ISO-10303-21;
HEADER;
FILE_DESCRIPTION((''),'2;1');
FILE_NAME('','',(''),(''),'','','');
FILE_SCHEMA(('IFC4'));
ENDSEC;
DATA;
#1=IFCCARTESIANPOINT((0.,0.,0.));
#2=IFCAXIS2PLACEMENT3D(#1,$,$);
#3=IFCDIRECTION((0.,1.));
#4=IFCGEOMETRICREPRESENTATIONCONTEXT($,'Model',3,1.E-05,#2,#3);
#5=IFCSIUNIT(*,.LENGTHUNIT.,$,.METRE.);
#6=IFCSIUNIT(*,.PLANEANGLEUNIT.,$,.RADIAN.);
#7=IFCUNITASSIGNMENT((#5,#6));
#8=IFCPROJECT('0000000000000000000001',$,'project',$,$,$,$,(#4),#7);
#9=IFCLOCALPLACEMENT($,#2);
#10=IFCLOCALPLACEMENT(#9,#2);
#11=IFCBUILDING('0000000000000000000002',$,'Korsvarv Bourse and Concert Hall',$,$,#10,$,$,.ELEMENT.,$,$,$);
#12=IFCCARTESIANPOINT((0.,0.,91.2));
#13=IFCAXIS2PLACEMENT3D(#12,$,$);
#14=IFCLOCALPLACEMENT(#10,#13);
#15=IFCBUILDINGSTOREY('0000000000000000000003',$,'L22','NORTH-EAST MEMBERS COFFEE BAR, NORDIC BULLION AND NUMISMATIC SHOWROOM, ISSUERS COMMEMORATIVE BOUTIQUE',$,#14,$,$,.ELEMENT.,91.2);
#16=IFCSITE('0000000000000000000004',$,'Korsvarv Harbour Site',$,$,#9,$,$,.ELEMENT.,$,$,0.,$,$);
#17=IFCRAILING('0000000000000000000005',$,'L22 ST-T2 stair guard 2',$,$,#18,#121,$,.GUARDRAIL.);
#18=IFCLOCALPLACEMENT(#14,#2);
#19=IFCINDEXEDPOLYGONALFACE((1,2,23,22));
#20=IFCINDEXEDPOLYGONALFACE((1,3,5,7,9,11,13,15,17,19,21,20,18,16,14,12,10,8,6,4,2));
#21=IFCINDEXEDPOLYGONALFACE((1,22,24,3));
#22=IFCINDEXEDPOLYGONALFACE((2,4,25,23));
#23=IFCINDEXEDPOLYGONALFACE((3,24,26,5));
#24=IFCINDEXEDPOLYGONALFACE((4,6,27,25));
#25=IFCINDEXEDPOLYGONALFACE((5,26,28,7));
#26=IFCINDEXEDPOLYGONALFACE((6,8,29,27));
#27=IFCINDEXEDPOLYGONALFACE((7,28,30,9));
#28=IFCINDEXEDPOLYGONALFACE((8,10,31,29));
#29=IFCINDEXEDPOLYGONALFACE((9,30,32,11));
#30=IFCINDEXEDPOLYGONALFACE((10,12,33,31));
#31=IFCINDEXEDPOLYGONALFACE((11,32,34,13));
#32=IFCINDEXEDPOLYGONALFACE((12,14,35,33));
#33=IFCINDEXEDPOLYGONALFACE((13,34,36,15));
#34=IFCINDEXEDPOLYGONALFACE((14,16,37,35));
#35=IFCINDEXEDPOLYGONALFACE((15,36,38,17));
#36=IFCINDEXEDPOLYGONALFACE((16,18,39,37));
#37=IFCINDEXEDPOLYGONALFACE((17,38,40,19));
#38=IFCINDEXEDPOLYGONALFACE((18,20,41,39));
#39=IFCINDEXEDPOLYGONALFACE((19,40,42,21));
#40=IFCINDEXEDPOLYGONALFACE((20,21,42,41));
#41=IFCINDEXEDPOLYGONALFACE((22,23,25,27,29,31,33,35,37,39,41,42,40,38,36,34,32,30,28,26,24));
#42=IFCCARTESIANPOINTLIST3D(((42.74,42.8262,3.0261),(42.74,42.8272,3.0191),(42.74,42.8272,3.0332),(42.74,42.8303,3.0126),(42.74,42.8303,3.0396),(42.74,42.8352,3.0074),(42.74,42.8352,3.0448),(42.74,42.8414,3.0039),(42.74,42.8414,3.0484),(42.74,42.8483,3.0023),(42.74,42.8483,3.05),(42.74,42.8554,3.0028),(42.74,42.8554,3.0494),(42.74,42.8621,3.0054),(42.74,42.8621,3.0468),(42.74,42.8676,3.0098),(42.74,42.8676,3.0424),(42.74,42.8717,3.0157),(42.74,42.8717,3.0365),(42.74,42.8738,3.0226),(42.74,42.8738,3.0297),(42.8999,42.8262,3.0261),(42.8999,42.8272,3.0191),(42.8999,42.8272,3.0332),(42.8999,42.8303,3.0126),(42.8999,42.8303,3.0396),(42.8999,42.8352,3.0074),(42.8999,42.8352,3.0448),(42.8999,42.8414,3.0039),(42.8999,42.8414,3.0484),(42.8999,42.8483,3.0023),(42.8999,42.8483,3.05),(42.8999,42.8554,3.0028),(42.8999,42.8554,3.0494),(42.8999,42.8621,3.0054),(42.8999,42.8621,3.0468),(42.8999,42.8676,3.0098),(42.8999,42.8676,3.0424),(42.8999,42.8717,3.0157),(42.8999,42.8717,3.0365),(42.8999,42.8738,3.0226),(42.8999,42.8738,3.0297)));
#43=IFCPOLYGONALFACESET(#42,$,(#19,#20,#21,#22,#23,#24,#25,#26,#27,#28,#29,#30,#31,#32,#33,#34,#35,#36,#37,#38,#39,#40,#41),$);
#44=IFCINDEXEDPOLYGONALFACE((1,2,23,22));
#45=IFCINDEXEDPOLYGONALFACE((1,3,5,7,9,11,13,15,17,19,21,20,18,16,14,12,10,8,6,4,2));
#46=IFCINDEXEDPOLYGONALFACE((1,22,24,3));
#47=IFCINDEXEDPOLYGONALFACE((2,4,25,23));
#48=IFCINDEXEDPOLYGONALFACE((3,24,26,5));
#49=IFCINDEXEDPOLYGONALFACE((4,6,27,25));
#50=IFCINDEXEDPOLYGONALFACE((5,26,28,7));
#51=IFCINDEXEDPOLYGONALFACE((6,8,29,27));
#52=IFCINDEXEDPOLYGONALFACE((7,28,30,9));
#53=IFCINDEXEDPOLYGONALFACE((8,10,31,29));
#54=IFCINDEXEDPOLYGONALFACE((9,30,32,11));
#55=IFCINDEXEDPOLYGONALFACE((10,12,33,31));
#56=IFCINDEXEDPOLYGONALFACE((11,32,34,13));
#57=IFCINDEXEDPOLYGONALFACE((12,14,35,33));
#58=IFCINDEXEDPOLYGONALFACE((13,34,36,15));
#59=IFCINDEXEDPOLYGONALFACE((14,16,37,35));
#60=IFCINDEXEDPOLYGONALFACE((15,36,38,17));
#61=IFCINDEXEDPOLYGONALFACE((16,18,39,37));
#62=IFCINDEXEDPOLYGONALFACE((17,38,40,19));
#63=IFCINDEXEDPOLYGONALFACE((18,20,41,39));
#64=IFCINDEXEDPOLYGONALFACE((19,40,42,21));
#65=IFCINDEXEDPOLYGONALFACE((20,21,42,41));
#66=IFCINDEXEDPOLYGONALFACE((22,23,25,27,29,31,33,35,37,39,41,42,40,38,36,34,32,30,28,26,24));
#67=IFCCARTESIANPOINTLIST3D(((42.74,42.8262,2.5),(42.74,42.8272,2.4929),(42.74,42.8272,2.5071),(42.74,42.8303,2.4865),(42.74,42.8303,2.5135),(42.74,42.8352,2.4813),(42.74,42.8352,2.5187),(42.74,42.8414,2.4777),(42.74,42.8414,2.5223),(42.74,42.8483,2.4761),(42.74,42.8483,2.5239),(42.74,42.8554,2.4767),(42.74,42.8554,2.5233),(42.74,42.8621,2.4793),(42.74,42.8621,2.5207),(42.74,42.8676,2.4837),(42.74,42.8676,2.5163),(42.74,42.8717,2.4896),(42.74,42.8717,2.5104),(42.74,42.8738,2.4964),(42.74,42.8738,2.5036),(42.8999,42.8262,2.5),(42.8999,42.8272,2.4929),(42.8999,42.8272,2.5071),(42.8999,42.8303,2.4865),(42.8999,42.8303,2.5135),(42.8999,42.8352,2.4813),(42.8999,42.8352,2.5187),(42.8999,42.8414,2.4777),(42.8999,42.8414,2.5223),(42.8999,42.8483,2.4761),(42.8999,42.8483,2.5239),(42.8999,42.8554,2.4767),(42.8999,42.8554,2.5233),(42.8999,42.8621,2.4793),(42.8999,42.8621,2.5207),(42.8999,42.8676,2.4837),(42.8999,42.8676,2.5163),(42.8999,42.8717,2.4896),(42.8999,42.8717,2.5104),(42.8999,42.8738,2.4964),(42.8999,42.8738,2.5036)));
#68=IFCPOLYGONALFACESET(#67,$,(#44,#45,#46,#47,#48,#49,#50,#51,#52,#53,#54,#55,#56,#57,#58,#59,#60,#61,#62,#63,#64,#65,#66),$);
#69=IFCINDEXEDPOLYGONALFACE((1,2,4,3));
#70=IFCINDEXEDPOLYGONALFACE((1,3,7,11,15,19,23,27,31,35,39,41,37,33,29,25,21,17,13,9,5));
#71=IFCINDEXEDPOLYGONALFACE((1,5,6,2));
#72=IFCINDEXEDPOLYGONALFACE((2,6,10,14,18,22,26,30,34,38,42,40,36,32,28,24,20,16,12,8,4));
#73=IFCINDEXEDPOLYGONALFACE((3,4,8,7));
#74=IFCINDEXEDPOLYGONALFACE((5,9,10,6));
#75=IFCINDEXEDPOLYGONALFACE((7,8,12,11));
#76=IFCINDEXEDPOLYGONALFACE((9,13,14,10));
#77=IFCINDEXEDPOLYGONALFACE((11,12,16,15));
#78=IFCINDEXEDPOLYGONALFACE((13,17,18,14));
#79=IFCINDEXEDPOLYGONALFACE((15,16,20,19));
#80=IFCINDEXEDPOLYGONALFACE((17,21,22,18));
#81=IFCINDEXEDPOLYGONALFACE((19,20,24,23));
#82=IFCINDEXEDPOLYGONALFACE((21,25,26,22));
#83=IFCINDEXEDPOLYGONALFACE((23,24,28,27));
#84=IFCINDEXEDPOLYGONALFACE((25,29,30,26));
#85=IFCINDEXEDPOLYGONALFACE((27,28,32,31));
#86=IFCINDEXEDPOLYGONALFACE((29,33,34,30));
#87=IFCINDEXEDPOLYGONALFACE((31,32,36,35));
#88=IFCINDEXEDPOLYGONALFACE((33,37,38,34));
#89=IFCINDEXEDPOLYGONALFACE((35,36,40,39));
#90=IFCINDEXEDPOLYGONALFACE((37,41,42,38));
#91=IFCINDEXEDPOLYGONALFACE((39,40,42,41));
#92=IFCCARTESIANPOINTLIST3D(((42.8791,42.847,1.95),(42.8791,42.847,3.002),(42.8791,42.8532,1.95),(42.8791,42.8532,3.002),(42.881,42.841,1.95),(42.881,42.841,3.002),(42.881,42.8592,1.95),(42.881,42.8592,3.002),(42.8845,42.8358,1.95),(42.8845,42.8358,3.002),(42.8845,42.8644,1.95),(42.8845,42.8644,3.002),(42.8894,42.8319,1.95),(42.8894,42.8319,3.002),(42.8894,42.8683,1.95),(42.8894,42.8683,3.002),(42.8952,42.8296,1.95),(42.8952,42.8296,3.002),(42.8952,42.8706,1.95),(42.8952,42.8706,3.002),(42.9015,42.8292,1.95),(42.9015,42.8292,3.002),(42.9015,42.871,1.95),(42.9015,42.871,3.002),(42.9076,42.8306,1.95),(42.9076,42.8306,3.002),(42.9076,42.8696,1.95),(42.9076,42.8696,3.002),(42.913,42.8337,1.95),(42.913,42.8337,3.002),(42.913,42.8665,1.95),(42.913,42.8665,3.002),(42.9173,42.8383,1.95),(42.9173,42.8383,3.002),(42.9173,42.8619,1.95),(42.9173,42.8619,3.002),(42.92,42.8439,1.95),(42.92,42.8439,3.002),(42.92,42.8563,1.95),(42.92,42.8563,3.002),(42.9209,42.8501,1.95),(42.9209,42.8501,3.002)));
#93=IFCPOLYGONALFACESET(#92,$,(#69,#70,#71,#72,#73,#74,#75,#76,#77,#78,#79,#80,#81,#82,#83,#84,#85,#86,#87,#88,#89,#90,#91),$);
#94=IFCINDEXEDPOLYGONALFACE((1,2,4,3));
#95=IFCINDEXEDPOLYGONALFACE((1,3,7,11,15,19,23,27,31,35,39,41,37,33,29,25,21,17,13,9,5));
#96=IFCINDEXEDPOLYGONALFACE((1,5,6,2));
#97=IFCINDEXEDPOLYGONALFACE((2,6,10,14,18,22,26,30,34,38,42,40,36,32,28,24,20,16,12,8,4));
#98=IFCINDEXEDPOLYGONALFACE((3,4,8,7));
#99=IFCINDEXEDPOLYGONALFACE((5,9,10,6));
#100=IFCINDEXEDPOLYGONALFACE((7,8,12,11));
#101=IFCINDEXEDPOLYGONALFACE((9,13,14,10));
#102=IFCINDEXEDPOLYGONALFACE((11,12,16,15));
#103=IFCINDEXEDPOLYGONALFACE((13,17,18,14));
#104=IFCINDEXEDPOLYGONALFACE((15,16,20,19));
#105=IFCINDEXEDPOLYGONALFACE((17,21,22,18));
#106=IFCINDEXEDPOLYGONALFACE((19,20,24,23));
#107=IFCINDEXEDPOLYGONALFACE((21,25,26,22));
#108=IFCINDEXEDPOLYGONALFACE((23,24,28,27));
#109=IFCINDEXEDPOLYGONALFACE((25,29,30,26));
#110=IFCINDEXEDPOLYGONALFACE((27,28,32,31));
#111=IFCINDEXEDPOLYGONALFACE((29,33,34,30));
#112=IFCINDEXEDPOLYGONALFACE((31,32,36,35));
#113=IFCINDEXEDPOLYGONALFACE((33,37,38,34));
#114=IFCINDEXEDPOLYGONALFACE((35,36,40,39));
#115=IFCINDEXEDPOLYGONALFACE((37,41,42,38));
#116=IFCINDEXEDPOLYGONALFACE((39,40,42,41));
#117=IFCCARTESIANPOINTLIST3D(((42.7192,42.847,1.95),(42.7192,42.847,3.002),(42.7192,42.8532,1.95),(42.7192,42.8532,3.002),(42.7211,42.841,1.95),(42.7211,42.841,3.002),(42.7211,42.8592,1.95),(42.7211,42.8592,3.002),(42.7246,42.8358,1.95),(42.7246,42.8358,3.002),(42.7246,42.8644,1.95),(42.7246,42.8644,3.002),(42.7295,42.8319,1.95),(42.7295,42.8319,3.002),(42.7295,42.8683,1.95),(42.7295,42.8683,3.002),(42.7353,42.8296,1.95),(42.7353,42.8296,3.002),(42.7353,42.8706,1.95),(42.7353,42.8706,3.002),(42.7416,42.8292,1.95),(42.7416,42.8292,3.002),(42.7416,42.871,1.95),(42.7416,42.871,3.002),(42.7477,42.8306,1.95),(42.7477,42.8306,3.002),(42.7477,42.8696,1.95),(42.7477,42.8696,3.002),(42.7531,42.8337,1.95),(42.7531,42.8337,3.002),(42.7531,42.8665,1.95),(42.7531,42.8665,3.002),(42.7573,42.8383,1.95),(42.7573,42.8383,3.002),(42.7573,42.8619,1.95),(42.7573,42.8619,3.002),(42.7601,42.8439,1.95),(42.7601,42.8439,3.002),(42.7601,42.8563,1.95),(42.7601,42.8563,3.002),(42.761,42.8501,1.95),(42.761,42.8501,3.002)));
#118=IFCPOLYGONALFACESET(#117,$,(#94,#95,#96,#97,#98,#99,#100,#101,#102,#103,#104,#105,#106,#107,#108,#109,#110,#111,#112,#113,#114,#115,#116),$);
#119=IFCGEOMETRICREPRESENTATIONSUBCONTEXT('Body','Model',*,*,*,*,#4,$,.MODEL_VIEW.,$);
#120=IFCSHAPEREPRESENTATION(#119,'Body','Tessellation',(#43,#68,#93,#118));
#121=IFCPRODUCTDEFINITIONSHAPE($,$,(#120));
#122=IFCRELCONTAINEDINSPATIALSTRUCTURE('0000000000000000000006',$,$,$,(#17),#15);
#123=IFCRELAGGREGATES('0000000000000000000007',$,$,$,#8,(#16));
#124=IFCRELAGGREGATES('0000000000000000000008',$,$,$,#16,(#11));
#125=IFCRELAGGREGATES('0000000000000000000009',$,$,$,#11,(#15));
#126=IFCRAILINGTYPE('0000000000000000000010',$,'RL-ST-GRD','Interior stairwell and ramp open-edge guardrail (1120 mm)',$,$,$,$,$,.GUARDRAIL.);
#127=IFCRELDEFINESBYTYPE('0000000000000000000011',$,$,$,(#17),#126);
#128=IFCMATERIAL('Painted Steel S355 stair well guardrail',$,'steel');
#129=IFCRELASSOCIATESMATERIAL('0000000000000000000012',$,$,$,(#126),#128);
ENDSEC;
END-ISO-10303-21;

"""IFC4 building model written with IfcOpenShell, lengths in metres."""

from ifc_helpers import new_model, si_unit, direction, frame, origin, origin_2d, place, context, subcontext, project, spatial, circle, extrude, material, type_object, element, save


model = new_model("IFC4")

# Units and contexts
model_context = context("Model", 3, precision=1e-05, world=origin(), true_north=direction((0.0, 1.0)))
body_context = subcontext(model_context, "Body", "Model", "MODEL_VIEW")
ifc_project = project(units=[si_unit("LENGTHUNIT", "METRE"), si_unit("PLANEANGLEUNIT", "RADIAN")], contexts=[model_context])

# Site, building, storey
site_placement = place(None, origin())
site = spatial("IfcSite", under=ifc_project, at=site_placement, Name="Korsvarv Harbour Site", CompositionType="ELEMENT", RefElevation=0.0)
building_placement = place(site_placement, origin())
building = spatial("IfcBuilding", under=site, at=building_placement, Name="Korsvarv Bourse and Concert Hall", CompositionType="ELEMENT")
storey_placement = place(building_placement, frame((0.0, 0.0, 91.2)))
storey = spatial("IfcBuildingStorey", under=building, at=storey_placement, Name="L22", Description="NORTH-EAST MEMBERS COFFEE BAR, NORDIC BULLION AND NUMISMATIC SHOWROOM, ISSUERS COMMEMORATIVE BOUTIQUE", CompositionType="ELEMENT", Elevation=91.2)

# Railing
ifc_material_1 = material(Name="Painted Steel S355 stair well guardrail", Category="steel")
railing_type_1 = type_object("IfcRailingType", Name="RL-ST-GRD", Description="Interior stairwell and ramp open-edge guardrail (1120 mm)", PredefinedType="GUARDRAIL", material=ifc_material_1)
railing_1_placement = place(storey_placement, frame((42.8999, 42.8501, 1.95)))
element("IfcRailing", 1, at=railing_1_placement, inside=storey, type_object=railing_type_1, Name="L22 ST-T2 stair guard 2", PredefinedType="GUARDRAIL", context=body_context, shape_type="SweptSolid", body=[
    extrude(circle(Radius=0.0239, at=origin_2d()), frame((0.0, 0.0, 1.0762), z_axis=(-1.0, 0.0, 0.0), x_axis=(0.0, -1.0, 0.0)), (0.0, 0.0, 1.0), 0.1599),
    extrude(circle(Radius=0.0239, at=origin_2d()), frame((0.0, 0.0, 0.55), z_axis=(-1.0, 0.0, 0.0), x_axis=(0.0, -1.0, 0.0)), (0.0, 0.0, 1.0), 0.1599),
    extrude(circle(Radius=0.021, at=origin_2d()), origin(), (0.0, 0.0, 1.0), 1.052),
    extrude(circle(Radius=0.021, at=origin_2d()), frame((-0.1599, 0.0, 0.0)), (0.0, 0.0, 1.0), 1.052),
])

save(model, "model.ifc")
